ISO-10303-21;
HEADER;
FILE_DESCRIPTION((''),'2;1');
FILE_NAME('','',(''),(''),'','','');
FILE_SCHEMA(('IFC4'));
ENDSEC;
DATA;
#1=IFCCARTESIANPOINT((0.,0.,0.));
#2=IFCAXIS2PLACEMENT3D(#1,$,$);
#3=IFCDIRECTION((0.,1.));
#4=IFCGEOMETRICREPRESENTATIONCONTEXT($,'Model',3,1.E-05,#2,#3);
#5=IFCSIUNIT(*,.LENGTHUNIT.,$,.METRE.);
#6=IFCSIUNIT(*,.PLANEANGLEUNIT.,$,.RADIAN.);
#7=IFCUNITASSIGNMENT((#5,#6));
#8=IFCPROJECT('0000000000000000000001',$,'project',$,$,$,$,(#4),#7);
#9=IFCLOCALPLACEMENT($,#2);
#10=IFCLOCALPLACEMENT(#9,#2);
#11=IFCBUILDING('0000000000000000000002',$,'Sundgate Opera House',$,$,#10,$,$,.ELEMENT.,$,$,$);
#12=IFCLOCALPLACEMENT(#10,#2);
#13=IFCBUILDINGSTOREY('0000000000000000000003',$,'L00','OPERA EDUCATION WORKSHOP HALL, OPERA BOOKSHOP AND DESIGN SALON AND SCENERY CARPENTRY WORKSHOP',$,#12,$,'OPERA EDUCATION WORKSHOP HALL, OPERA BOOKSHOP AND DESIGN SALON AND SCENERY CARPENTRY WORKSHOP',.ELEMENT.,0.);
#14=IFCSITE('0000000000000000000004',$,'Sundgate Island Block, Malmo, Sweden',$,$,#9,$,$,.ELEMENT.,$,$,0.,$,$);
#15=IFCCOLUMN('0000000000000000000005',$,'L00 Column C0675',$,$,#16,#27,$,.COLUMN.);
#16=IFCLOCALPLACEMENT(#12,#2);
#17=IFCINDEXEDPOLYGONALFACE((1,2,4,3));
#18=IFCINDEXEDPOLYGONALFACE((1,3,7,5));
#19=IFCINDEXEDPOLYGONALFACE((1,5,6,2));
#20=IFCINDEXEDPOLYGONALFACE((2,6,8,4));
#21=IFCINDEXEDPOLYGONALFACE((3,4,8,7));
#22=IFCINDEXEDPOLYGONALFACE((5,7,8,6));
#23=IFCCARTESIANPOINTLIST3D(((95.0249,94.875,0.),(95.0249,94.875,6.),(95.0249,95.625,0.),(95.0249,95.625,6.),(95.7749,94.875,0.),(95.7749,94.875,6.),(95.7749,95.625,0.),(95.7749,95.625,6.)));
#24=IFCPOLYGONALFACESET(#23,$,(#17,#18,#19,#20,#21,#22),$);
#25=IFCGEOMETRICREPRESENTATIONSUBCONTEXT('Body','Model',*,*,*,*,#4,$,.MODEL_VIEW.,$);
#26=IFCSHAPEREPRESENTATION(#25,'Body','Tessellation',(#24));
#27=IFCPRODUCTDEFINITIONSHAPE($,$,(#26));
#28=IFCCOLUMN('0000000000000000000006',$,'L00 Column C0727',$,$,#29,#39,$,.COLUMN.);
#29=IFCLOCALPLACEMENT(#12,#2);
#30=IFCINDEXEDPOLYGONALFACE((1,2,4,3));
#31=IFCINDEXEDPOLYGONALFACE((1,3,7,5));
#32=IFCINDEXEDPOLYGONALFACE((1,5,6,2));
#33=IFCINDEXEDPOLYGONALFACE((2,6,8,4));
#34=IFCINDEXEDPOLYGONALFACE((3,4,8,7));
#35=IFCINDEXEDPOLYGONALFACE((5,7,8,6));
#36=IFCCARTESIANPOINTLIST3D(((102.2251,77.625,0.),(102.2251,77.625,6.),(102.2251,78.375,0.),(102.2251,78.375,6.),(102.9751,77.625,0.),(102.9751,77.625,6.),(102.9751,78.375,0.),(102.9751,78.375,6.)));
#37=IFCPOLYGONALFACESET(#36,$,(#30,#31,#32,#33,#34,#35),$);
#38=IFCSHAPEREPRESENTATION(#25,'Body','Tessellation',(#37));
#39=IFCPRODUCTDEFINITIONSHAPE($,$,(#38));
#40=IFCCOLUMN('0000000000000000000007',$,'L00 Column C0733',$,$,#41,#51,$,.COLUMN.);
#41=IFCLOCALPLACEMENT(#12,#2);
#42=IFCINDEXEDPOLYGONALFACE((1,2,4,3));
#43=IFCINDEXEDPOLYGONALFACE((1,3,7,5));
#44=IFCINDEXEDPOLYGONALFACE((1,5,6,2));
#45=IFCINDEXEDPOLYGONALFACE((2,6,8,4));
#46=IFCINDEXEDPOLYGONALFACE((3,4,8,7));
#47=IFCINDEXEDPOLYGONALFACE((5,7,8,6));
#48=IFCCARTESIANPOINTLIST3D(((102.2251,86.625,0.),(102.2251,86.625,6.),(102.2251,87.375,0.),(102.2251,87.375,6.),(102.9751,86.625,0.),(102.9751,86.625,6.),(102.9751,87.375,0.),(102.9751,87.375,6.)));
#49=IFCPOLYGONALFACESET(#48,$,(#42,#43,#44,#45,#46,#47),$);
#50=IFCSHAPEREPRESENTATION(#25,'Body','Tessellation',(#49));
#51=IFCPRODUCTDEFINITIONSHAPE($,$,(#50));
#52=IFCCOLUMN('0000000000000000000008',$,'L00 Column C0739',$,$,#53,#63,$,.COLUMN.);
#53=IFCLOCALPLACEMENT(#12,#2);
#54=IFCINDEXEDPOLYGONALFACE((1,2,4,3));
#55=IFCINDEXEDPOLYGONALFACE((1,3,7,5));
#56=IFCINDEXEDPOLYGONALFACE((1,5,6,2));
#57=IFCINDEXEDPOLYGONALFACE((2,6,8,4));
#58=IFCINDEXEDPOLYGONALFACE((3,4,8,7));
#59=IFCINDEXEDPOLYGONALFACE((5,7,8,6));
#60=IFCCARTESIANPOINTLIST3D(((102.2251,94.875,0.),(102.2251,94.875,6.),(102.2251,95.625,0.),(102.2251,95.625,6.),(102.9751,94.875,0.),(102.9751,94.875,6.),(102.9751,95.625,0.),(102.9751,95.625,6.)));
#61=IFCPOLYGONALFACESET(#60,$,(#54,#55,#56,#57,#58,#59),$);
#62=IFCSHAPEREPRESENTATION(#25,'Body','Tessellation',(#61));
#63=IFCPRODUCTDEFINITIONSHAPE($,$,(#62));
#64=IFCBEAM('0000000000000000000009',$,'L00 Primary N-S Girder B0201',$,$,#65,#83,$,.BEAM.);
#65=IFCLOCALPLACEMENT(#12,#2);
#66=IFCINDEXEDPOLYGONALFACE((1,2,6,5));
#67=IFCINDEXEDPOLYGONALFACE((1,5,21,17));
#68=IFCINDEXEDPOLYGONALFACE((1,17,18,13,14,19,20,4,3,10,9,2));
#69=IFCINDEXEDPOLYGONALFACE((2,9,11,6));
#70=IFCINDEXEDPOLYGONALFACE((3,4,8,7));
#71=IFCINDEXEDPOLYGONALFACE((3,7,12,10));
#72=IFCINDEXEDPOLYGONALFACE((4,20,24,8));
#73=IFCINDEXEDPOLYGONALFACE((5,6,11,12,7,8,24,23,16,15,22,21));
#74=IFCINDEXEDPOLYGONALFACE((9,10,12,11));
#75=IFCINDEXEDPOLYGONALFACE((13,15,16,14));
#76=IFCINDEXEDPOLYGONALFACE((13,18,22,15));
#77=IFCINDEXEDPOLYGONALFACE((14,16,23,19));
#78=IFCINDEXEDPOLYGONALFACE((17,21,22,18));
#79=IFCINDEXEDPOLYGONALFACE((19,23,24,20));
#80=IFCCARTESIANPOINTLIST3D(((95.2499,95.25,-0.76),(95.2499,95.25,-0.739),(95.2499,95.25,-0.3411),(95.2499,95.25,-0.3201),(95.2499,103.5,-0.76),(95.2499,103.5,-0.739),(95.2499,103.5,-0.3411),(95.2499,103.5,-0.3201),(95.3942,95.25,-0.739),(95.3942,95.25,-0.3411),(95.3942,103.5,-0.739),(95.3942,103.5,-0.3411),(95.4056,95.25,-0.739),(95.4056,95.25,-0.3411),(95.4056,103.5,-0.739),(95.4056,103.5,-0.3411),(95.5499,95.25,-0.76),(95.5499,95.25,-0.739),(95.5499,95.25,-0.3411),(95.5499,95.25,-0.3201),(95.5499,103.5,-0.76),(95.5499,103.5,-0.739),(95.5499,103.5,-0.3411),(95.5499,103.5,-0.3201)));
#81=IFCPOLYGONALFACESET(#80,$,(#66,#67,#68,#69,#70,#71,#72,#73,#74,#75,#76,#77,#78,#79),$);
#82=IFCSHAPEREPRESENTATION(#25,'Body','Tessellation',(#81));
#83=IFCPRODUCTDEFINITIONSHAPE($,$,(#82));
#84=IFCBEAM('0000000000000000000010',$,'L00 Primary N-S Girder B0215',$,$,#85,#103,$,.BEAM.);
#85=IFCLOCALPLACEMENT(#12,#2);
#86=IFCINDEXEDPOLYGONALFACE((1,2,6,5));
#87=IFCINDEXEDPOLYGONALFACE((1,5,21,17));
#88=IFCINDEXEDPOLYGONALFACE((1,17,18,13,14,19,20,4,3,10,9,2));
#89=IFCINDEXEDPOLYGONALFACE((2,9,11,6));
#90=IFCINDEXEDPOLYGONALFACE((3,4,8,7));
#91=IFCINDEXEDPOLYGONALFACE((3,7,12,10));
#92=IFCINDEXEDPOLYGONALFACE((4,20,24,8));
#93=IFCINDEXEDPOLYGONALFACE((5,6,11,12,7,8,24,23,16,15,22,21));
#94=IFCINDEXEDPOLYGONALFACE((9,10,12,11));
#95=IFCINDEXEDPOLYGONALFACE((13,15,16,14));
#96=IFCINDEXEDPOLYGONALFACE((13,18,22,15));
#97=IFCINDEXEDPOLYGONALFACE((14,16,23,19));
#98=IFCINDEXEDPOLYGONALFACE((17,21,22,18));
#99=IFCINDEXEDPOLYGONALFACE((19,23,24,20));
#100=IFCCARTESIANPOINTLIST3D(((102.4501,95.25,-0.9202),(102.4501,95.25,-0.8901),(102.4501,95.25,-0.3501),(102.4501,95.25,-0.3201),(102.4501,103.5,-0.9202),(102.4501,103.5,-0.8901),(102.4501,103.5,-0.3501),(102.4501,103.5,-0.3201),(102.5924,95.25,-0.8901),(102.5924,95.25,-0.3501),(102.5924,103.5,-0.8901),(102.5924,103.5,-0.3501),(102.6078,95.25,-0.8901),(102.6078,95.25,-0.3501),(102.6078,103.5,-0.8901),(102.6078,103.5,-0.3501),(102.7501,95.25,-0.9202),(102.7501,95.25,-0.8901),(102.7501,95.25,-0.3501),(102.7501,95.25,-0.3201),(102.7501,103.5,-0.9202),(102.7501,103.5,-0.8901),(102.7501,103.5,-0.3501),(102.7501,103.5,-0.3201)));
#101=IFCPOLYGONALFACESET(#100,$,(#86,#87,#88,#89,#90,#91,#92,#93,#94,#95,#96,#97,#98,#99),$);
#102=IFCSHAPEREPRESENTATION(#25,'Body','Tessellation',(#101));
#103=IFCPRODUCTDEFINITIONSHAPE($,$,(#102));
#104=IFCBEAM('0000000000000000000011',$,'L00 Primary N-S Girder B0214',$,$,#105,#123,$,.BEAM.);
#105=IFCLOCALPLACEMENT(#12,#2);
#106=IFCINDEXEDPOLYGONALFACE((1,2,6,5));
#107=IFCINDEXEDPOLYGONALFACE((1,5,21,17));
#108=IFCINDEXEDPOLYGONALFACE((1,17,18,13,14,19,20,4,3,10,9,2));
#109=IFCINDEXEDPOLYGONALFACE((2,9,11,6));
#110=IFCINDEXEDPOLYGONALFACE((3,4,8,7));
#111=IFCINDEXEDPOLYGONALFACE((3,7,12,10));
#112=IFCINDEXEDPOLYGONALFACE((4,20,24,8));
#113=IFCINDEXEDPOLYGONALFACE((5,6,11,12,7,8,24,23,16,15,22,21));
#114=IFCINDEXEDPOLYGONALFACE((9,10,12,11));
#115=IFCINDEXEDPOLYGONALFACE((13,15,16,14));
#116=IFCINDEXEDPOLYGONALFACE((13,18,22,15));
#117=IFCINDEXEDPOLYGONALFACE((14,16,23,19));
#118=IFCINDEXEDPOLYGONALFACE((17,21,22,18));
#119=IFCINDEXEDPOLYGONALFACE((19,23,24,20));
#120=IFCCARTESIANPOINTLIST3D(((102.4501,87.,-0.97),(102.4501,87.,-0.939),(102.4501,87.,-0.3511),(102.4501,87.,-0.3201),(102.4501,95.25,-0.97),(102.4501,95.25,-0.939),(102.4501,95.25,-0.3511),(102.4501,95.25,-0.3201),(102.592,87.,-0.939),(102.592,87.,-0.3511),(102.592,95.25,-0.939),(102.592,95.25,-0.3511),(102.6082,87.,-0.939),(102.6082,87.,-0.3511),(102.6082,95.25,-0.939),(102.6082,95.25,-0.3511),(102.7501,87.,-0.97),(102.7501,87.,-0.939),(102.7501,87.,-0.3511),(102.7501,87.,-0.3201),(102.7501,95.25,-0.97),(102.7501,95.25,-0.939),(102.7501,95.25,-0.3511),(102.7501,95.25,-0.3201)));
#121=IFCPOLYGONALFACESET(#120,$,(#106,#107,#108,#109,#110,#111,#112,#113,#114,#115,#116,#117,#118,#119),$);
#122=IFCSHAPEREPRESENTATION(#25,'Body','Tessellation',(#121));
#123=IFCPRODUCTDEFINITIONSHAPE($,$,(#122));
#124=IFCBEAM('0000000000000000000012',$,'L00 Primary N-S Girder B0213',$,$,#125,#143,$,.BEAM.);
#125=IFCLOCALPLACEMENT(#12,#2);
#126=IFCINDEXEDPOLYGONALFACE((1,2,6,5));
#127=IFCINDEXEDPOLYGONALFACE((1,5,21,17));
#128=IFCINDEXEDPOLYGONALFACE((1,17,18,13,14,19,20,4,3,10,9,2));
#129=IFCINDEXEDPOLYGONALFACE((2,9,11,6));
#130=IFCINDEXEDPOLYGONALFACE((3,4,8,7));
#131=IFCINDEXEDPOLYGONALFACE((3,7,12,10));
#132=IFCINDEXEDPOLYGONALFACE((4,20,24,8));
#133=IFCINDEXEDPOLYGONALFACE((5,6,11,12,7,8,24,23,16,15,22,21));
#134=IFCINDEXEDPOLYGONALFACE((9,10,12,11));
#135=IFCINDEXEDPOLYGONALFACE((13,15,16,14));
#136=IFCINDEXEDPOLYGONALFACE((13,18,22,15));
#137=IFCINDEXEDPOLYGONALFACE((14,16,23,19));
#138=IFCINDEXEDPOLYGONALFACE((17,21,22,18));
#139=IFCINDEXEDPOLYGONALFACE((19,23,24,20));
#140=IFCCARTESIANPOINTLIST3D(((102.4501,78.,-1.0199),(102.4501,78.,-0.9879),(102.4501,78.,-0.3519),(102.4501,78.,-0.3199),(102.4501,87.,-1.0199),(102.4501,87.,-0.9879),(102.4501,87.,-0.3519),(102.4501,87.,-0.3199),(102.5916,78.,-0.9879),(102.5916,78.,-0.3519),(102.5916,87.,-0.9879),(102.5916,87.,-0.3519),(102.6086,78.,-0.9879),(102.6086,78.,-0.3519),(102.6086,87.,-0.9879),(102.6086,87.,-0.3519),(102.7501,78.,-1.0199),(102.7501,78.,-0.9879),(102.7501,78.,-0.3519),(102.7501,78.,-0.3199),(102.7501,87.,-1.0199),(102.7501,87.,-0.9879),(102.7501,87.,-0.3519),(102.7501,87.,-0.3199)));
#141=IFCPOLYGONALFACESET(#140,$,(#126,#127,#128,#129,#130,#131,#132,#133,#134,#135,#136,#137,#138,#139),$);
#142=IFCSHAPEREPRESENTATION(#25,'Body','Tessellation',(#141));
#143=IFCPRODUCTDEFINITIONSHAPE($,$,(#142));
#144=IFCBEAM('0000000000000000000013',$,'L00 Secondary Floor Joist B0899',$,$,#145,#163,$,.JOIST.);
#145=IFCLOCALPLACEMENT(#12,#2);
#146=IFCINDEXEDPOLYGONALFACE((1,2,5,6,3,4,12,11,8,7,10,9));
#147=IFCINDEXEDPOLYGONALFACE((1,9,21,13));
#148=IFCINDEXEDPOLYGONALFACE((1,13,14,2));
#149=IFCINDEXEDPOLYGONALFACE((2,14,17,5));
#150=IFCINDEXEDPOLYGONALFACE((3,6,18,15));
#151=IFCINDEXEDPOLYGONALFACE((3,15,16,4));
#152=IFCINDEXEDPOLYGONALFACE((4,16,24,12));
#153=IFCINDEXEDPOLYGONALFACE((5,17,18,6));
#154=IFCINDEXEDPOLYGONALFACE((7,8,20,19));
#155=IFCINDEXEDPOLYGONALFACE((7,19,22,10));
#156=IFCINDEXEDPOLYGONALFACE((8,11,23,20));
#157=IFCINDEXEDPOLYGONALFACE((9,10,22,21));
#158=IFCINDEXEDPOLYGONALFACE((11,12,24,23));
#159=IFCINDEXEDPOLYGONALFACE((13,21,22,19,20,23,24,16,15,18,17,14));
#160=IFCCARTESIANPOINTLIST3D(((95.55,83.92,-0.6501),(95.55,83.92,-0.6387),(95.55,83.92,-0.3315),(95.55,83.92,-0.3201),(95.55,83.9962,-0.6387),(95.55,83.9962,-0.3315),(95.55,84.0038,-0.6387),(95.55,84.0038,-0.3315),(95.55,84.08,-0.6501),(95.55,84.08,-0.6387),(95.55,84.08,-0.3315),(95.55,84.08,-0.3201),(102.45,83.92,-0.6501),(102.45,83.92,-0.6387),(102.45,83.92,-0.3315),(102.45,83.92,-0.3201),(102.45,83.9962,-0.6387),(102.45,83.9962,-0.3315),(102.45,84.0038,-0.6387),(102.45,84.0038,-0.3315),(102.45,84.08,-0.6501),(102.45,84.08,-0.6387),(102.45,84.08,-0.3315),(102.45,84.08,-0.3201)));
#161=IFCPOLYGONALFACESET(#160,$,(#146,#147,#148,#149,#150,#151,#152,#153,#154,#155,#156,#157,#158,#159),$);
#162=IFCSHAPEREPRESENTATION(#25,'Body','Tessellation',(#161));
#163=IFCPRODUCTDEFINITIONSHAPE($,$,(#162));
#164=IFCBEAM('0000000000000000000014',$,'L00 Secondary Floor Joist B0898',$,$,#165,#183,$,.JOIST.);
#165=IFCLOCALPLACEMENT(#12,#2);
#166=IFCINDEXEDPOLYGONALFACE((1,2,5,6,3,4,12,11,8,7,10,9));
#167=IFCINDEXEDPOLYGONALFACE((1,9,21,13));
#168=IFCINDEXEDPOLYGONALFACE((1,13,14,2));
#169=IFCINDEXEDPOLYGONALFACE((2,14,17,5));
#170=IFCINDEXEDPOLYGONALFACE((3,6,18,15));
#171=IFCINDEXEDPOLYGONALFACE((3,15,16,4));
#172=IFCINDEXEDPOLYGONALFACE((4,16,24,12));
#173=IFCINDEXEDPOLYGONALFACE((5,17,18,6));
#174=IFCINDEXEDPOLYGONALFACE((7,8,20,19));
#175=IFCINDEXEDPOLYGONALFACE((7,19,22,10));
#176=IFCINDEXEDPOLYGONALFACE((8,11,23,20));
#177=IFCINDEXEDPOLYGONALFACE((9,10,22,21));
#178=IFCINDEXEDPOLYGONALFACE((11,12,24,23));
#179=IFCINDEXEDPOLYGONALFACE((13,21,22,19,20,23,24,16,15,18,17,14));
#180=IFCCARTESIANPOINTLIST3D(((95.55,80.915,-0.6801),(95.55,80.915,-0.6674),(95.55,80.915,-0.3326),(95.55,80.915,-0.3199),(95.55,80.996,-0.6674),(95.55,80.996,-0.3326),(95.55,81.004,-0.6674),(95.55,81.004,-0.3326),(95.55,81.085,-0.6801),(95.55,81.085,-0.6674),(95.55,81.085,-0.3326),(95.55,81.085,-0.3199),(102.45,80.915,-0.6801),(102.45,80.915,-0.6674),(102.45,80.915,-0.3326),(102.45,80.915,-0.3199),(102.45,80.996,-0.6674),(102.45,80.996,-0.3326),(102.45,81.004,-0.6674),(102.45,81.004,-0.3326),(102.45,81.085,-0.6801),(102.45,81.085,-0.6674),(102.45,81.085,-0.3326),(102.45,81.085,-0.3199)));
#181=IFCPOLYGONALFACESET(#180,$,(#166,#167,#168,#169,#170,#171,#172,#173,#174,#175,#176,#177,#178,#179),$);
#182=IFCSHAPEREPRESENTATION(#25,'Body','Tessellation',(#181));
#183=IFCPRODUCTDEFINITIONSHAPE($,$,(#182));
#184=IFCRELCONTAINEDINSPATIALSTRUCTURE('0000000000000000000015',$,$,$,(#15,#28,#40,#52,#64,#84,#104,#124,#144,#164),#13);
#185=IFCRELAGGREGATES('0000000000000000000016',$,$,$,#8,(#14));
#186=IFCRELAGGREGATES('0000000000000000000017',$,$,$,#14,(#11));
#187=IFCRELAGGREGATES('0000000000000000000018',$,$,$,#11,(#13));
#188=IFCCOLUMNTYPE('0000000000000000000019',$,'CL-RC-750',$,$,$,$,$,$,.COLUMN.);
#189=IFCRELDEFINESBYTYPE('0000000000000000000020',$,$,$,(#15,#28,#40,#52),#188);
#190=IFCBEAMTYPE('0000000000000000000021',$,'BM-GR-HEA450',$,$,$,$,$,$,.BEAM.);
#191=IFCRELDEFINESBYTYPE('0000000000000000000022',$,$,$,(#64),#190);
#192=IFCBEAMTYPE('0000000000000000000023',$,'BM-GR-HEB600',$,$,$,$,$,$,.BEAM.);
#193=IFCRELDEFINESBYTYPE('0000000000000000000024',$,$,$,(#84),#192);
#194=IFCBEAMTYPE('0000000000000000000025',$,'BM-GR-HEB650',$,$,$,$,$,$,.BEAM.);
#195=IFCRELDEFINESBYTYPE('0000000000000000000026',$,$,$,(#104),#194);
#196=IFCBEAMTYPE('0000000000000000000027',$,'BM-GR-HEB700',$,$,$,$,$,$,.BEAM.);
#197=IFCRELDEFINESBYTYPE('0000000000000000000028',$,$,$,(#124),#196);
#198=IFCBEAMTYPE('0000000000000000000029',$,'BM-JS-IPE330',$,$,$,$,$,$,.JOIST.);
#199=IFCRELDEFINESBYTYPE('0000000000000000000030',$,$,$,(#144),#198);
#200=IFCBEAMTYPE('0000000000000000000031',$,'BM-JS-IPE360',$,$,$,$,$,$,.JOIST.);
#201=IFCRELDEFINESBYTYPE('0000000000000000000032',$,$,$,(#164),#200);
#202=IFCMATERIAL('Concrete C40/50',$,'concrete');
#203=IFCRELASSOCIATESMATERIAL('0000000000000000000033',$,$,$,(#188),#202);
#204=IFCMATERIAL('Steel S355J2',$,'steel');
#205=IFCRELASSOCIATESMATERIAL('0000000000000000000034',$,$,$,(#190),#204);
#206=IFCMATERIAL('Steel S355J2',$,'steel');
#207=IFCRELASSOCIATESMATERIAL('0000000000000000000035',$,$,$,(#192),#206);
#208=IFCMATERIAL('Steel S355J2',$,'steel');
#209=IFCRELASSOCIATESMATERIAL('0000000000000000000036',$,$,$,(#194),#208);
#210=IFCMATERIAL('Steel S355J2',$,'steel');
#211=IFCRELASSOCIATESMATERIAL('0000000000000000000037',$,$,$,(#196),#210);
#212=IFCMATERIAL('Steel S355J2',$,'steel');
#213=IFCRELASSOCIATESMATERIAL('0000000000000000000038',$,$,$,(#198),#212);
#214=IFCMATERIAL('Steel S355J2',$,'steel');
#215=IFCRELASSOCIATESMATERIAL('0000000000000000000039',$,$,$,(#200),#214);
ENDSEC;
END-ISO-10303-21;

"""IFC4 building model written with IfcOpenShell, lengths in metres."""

from ifc_helpers import new_model, si_unit, direction, frame, origin, origin_2d, place, context, subcontext, project, spatial, rectangle, i_section, extrude, material, material_profile, profile_set, type_object, element, save


model = new_model("IFC4")

# Units and contexts
model_context = context("Model", 3, precision=1e-05, world=origin(), true_north=direction((0.0, 1.0)))
body_context = subcontext(model_context, "Body", "Model", "MODEL_VIEW")
ifc_project = project(units=[si_unit("LENGTHUNIT", "METRE"), si_unit("PLANEANGLEUNIT", "RADIAN")], contexts=[model_context])

# Site, building, storey
site_placement = place(None, origin())
site = spatial("IfcSite", under=ifc_project, at=site_placement, Name="Sundgate Island Block, Malmo, Sweden", CompositionType="ELEMENT", RefElevation=0.0)
building_placement = place(site_placement, origin())
building = spatial("IfcBuilding", under=site, at=building_placement, Name="Sundgate Opera House", CompositionType="ELEMENT")
storey_placement = place(building_placement, origin())
storey = spatial("IfcBuildingStorey", under=building, at=storey_placement, Name="L00", Description="OPERA EDUCATION WORKSHOP HALL, OPERA BOOKSHOP AND DESIGN SALON AND SCENERY CARPENTRY WORKSHOP", LongName="OPERA EDUCATION WORKSHOP HALL, OPERA BOOKSHOP AND DESIGN SALON AND SCENERY CARPENTRY WORKSHOP", CompositionType="ELEMENT", Elevation=0.0)

# Columns
ifc_material_1 = material(Name="Concrete C40/50", Category="concrete")
ifc_material_profile_1 = material_profile(ifc_material_1, rectangle(XDim=0.75, YDim=0.75, at=origin_2d()), Name="RC 750x750")
ifc_profile_set_1 = profile_set([ifc_material_profile_1], Name="Concrete C40/50")
column_type = type_object("IfcColumnType", Name="CL-RC-750", PredefinedType="COLUMN", material=ifc_profile_set_1)
for number, where, z_axis, x_axis, name in (
    (1, (95.3999, 95.25, 0.0), (0.0, 0.0, 1.0), (1.0, 0.0, 0.0), "L00 Column C0675"),
    (2, (102.6001, 78.0, 0.0), (0.0, 0.0, 1.0), (1.0, 0.0, 0.0), "L00 Column C0727"),
    (3, (102.6001, 87.0, 0.0), (0.0, 0.0, 1.0), (1.0, 0.0, 0.0), "L00 Column C0733"),
    (4, (102.6001, 95.25, 0.0), (0.0, 0.0, 1.0), (1.0, 0.0, 0.0), "L00 Column C0739"),
):
    element("IfcColumn", number, at=place(storey_placement, frame(where, z_axis=z_axis, x_axis=x_axis)), inside=storey, type_object=column_type, Name=name, PredefinedType="COLUMN", context=body_context, shape_type="SweptSolid", body=[
        extrude(rectangle(XDim=0.75, YDim=0.75, at=origin_2d()), origin(), (0.0, 0.0, 1.0), 6.0),
    ])

# Beams
ifc_material_2 = material(Name="Steel S355J2", Category="steel")
ifc_material_profile_2 = material_profile(ifc_material_2, i_section(OverallWidth=0.3, OverallDepth=0.4399, WebThickness=0.0115, FlangeThickness=0.021, at=origin_2d()), Name="HEA 450")
ifc_profile_set_2 = profile_set([ifc_material_profile_2], Name="Steel S355J2")
beam_type_1 = type_object("IfcBeamType", Name="BM-GR-HEA450", PredefinedType="BEAM", material=ifc_profile_set_2)
beam_1_placement = place(storey_placement, frame((95.3999, 95.25, -0.54), z_axis=(0.0, 1.0, 0.0), x_axis=(-1.0, 0.0, 0.0)))
element("IfcBeam", 5, at=beam_1_placement, inside=storey, type_object=beam_type_1, Name="L00 Primary N-S Girder B0201", PredefinedType="BEAM", context=body_context, shape_type="SweptSolid", body=[
    extrude(i_section(OverallWidth=0.3, OverallDepth=0.4399, WebThickness=0.0115, FlangeThickness=0.021, at=origin_2d()), origin(), (0.0, 0.0, 1.0), 8.25),
])
ifc_material_3 = material(Name="Steel S355J2", Category="steel")
ifc_material_profile_3 = material_profile(ifc_material_3, i_section(OverallWidth=0.3, OverallDepth=0.6001, WebThickness=0.0154, FlangeThickness=0.03, at=origin_2d()), Name="HEB 600")
ifc_profile_set_3 = profile_set([ifc_material_profile_3], Name="Steel S355J2")
beam_type_2 = type_object("IfcBeamType", Name="BM-GR-HEB600", PredefinedType="BEAM", material=ifc_profile_set_3)
beam_2_placement = place(storey_placement, frame((102.6001, 95.25, -0.6201), z_axis=(0.0, 1.0, 0.0), x_axis=(-1.0, 0.0, 0.0)))
element("IfcBeam", 6, at=beam_2_placement, inside=storey, type_object=beam_type_2, Name="L00 Primary N-S Girder B0215", PredefinedType="BEAM", context=body_context, shape_type="SweptSolid", body=[
    extrude(i_section(OverallWidth=0.3, OverallDepth=0.6001, WebThickness=0.0154, FlangeThickness=0.03, at=origin_2d()), origin(), (0.0, 0.0, 1.0), 8.25),
])
ifc_material_4 = material(Name="Steel S355J2", Category="steel")
ifc_material_profile_4 = material_profile(ifc_material_4, i_section(OverallWidth=0.3, OverallDepth=0.6499, WebThickness=0.0161, FlangeThickness=0.031, at=origin_2d()), Name="HEB 650")
ifc_profile_set_4 = profile_set([ifc_material_profile_4], Name="Steel S355J2")
beam_type_3 = type_object("IfcBeamType", Name="BM-GR-HEB650", PredefinedType="BEAM", material=ifc_profile_set_4)
beam_3_placement = place(storey_placement, frame((102.6001, 87.0, -0.645), z_axis=(0.0, 1.0, 0.0), x_axis=(-1.0, 0.0, 0.0)))
element("IfcBeam", 7, at=beam_3_placement, inside=storey, type_object=beam_type_3, Name="L00 Primary N-S Girder B0214", PredefinedType="BEAM", context=body_context, shape_type="SweptSolid", body=[
    extrude(i_section(OverallWidth=0.3, OverallDepth=0.6499, WebThickness=0.0161, FlangeThickness=0.031, at=origin_2d()), origin(), (0.0, 0.0, 1.0), 8.25),
])
ifc_material_5 = material(Name="Steel S355J2", Category="steel")
ifc_material_profile_5 = material_profile(ifc_material_5, i_section(OverallWidth=0.3, OverallDepth=0.7, WebThickness=0.0171, FlangeThickness=0.032, at=origin_2d()), Name="HEB 700")
ifc_profile_set_5 = profile_set([ifc_material_profile_5], Name="Steel S355J2")
beam_type_4 = type_object("IfcBeamType", Name="BM-GR-HEB700", PredefinedType="BEAM", material=ifc_profile_set_5)
beam_4_placement = place(storey_placement, frame((102.6001, 78.0, -0.6699), z_axis=(0.0, 1.0, 0.0), x_axis=(-1.0, 0.0, 0.0)))
element("IfcBeam", 8, at=beam_4_placement, inside=storey, type_object=beam_type_4, Name="L00 Primary N-S Girder B0213", PredefinedType="BEAM", context=body_context, shape_type="SweptSolid", body=[
    extrude(i_section(OverallWidth=0.3, OverallDepth=0.7, WebThickness=0.0171, FlangeThickness=0.032, at=origin_2d()), origin(), (0.0, 0.0, 1.0), 9.0),
])
ifc_material_6 = material(Name="Steel S355J2", Category="steel")
ifc_material_profile_6 = material_profile(ifc_material_6, i_section(OverallWidth=0.1599, OverallDepth=0.3301, WebThickness=0.0076, FlangeThickness=0.0115, at=origin_2d()), Name="IPE 330")
ifc_profile_set_6 = profile_set([ifc_material_profile_6], Name="Steel S355J2")
beam_type_5 = type_object("IfcBeamType", Name="BM-JS-IPE330", PredefinedType="JOIST", material=ifc_profile_set_6)
beam_5_placement = place(storey_placement, frame((95.55, 84.0, -0.4851), z_axis=(1.0, 0.0, 0.0), x_axis=(0.0, 1.0, 0.0)))
element("IfcBeam", 9, at=beam_5_placement, inside=storey, type_object=beam_type_5, Name="L00 Secondary Floor Joist B0899", PredefinedType="JOIST", context=body_context, shape_type="SweptSolid", body=[
    extrude(i_section(OverallWidth=0.1599, OverallDepth=0.3301, WebThickness=0.0076, FlangeThickness=0.0115, at=origin_2d()), origin(), (0.0, 0.0, 1.0), 6.8999),
])
ifc_material_7 = material(Name="Steel S355J2", Category="steel")
ifc_material_profile_7 = material_profile(ifc_material_7, i_section(OverallWidth=0.1699, OverallDepth=0.3601, WebThickness=0.0081, FlangeThickness=0.0127, at=origin_2d()), Name="IPE 360")
ifc_profile_set_7 = profile_set([ifc_material_profile_7], Name="Steel S355J2")
beam_type_6 = type_object("IfcBeamType", Name="BM-JS-IPE360", PredefinedType="JOIST", material=ifc_profile_set_7)
beam_6_placement = place(storey_placement, frame((95.55, 81.0, -0.5), z_axis=(1.0, 0.0, 0.0), x_axis=(0.0, 1.0, 0.0)))
element("IfcBeam", 10, at=beam_6_placement, inside=storey, type_object=beam_type_6, Name="L00 Secondary Floor Joist B0898", PredefinedType="JOIST", context=body_context, shape_type="SweptSolid", body=[
    extrude(i_section(OverallWidth=0.1699, OverallDepth=0.3601, WebThickness=0.0081, FlangeThickness=0.0127, at=origin_2d()), origin(), (0.0, 0.0, 1.0), 6.8999),
])

save(model, "model.ifc")
